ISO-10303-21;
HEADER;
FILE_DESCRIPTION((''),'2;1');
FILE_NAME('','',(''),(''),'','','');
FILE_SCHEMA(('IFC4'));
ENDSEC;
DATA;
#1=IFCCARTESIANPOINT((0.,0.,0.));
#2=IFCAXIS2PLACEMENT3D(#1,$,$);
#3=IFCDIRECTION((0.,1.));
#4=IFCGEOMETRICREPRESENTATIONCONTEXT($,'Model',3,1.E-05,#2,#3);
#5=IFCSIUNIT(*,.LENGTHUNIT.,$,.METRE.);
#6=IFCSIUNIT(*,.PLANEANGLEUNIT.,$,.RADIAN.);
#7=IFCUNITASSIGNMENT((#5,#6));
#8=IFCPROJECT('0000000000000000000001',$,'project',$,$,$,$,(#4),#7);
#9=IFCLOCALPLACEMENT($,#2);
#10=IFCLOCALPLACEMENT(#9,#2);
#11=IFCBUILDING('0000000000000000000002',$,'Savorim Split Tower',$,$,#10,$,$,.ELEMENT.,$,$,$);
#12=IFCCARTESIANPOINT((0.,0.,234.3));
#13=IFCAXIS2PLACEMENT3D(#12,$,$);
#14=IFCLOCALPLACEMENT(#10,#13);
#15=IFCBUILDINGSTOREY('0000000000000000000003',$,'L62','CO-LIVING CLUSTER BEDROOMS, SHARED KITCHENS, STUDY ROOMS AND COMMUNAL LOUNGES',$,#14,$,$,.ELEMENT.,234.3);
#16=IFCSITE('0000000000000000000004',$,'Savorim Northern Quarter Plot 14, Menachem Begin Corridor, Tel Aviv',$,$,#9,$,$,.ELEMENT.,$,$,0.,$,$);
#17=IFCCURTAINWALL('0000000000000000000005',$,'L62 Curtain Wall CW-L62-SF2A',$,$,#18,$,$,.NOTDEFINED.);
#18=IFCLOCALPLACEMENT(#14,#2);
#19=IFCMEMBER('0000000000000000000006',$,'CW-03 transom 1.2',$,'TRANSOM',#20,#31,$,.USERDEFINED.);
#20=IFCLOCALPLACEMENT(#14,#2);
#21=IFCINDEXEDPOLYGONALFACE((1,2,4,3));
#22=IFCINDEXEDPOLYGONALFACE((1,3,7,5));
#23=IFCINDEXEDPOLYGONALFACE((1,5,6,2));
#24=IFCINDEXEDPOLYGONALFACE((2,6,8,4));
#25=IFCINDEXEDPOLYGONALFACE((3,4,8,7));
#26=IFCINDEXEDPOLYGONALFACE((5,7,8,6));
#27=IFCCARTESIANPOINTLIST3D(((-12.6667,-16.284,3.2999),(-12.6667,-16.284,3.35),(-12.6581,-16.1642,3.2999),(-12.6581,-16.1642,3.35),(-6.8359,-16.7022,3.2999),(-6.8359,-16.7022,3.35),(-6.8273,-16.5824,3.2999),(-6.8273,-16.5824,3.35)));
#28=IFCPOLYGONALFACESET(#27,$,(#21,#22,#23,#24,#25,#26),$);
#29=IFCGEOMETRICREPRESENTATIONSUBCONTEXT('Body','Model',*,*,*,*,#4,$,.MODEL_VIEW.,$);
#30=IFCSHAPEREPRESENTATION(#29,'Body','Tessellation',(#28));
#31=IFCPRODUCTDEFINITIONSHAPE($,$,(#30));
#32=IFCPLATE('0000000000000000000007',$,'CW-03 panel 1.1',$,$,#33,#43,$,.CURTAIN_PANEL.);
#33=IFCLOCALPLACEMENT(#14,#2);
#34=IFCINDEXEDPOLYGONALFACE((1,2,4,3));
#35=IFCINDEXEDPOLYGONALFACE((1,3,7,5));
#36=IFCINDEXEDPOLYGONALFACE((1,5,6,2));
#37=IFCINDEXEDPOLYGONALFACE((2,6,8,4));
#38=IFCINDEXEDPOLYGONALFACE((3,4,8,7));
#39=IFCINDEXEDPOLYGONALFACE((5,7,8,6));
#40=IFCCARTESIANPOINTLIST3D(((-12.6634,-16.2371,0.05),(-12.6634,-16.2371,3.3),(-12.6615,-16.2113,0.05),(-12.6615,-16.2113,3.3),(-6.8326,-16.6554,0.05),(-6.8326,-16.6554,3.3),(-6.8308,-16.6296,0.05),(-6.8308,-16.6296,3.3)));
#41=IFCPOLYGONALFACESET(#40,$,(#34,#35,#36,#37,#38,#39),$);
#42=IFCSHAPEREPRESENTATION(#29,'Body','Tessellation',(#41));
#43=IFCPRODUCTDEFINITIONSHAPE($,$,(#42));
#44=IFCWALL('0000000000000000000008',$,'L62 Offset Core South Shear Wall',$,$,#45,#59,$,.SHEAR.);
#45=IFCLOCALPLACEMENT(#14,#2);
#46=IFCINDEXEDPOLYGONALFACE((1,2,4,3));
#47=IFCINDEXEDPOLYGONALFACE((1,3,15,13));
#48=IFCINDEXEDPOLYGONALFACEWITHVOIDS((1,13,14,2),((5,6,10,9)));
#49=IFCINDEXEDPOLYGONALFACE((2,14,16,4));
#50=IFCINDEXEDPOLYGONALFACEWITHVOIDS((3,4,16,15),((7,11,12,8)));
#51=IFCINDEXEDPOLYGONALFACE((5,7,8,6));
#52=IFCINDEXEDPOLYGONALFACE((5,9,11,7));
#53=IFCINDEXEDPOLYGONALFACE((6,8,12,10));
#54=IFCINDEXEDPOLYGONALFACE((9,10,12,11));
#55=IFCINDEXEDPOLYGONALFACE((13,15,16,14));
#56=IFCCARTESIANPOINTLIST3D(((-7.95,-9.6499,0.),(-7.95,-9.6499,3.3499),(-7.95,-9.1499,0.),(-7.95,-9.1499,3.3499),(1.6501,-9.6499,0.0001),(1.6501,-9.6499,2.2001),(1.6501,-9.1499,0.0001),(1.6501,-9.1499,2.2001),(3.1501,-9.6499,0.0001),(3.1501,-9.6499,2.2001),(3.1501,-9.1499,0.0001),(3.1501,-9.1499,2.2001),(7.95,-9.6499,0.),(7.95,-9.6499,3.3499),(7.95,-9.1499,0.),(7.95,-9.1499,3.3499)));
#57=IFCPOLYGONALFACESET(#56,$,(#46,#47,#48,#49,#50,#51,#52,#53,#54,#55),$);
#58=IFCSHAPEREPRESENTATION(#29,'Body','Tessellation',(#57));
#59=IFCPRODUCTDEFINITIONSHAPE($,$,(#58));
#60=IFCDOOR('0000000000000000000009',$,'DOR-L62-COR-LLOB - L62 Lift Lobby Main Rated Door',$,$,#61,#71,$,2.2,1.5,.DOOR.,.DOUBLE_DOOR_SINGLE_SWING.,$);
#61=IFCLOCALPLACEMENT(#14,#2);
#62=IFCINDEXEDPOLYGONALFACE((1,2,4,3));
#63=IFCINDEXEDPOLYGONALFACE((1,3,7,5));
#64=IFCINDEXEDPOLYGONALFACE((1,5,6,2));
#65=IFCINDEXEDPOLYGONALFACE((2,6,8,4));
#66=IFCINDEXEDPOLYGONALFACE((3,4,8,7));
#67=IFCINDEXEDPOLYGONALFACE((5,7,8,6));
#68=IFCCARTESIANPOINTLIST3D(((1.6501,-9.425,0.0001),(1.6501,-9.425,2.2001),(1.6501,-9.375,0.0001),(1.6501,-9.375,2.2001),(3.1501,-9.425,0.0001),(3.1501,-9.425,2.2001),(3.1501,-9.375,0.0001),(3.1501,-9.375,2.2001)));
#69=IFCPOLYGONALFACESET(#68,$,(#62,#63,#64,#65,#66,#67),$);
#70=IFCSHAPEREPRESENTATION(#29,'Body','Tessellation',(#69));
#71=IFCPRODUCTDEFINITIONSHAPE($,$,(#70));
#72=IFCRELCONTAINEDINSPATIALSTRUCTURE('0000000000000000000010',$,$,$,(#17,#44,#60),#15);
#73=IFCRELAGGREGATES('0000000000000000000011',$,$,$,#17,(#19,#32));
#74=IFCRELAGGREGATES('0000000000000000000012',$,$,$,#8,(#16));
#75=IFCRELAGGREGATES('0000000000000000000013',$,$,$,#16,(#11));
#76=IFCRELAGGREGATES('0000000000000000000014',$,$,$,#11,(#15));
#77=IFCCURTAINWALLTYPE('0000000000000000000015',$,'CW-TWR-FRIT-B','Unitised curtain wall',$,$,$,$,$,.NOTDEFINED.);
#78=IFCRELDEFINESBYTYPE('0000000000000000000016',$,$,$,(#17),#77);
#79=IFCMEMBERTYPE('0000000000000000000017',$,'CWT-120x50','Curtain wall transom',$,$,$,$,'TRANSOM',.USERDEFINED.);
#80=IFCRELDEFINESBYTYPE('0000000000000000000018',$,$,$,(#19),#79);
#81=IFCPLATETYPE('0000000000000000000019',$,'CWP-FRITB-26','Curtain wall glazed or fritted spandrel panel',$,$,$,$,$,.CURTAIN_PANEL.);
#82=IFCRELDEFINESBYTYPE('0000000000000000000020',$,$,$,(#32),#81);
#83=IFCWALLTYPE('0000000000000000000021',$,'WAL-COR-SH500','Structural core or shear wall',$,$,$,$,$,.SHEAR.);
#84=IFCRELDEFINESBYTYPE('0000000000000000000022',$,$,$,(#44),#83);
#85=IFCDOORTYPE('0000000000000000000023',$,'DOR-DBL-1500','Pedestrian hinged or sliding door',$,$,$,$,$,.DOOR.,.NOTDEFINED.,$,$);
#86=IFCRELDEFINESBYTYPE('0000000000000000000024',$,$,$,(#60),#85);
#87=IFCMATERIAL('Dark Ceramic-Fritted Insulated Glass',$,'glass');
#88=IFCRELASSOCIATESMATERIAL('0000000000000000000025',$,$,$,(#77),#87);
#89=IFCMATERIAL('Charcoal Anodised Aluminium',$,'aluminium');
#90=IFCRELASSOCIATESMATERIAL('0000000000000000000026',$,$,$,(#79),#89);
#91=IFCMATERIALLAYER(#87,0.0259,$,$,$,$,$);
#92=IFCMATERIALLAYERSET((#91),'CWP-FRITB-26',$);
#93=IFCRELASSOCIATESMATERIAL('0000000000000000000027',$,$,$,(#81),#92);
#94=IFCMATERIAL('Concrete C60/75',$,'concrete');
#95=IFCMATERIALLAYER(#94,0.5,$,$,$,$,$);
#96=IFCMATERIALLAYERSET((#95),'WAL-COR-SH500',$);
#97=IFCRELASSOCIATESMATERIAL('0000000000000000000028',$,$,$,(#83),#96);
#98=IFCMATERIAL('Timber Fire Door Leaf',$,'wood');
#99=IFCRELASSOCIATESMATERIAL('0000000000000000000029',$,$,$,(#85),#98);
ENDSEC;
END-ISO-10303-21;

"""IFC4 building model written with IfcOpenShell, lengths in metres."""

from ifc_helpers import new_model, si_unit, direction, frame, frame_2d, origin, origin_2d, place, context, subcontext, project, spatial, rectangle, extrude, material, layer, layer_set, material_profile, profile_set, type_object, element, fill, aggregate, save


model = new_model("IFC4")

# Units and contexts
model_context = context("Model", 3, precision=1e-05, world=origin(), true_north=direction((0.0, 1.0)))
body_context = subcontext(model_context, "Body", "Model", "MODEL_VIEW")
ifc_project = project(units=[si_unit("LENGTHUNIT", "METRE"), si_unit("PLANEANGLEUNIT", "RADIAN")], contexts=[model_context])

# Site, building, storey
site_placement = place(None, origin())
site = spatial("IfcSite", under=ifc_project, at=site_placement, Name="Savorim Northern Quarter Plot 14, Menachem Begin Corridor, Tel Aviv", CompositionType="ELEMENT", RefElevation=0.0)
building_placement = place(site_placement, origin())
building = spatial("IfcBuilding", under=site, at=building_placement, Name="Savorim Split Tower", CompositionType="ELEMENT")
storey_placement = place(building_placement, frame((0.0, 0.0, 234.3)))
storey = spatial("IfcBuildingStorey", under=building, at=storey_placement, Name="L62", Description="CO-LIVING CLUSTER BEDROOMS, SHARED KITCHENS, STUDY ROOMS AND COMMUNAL LOUNGES", CompositionType="ELEMENT", Elevation=234.3)

# Shared definitions
ifc_material_1 = material(Name="Dark Ceramic-Fritted Insulated Glass", Category="glass")
curtain_wall_type = type_object("IfcCurtainWallType", Name="CW-TWR-FRIT-B", Description="Unitised curtain wall", PredefinedType="NOTDEFINED", material=ifc_material_1)
ifc_material_2 = material(Name="Charcoal Anodised Aluminium", Category="aluminium")

# Curtain wall, member, plate
curtain_wall_1_placement = place(storey_placement, origin())
curtain_wall_1 = element("IfcCurtainWall", 1, at=curtain_wall_1_placement, inside=storey, type_object=curtain_wall_type, Name="L62 Curtain Wall CW-L62-SF2A", PredefinedType="NOTDEFINED")
ifc_material_profile_1 = material_profile(ifc_material_2, rectangle(XDim=0.1201, YDim=0.05, at=origin_2d()), Name="ALU-T 120x50")
ifc_profile_set_1 = profile_set([ifc_material_profile_1], Name="Charcoal Anodised Aluminium")
member_type_1 = type_object("IfcMemberType", Name="CWT-120x50", Description="Curtain wall transom", ElementType="TRANSOM", PredefinedType="USERDEFINED", material=ifc_profile_set_1)
member_1_placement = place(storey_placement, frame((-12.6624, -16.2241, 3.325), z_axis=(0.997438, -0.071541, 0.0), x_axis=(0.071541, 0.997438, 0.0)))
member_1 = element("IfcMember", 2, at=member_1_placement, type_object=member_type_1, Name="CW-03 transom 1.2", ObjectType="TRANSOM", PredefinedType="USERDEFINED", context=body_context, shape_type="SweptSolid", body=[
    extrude(rectangle(XDim=0.1201, YDim=0.05, at=origin_2d()), origin(), (0.0, 0.0, 1.0), 5.8457),
])
ifc_layer_1 = layer(ifc_material_1, 0.0259)
ifc_layer_set_1 = layer_set([ifc_layer_1], Name="CWP-FRITB-26")
plate_type = type_object("IfcPlateType", Name="CWP-FRITB-26", Description="Curtain wall glazed or fritted spandrel panel", PredefinedType="CURTAIN_PANEL", material=ifc_layer_set_1)
plate_placement = place(storey_placement, frame((-9.7471, -16.4333, 0.05), z_axis=(0.0, 0.0, 1.0), x_axis=(0.997436, -0.071558, 0.0)))
plate = element("IfcPlate", 3, at=plate_placement, type_object=plate_type, Name="CW-03 panel 1.1", PredefinedType="CURTAIN_PANEL", context=body_context, shape_type="SweptSolid", body=[
    extrude(rectangle(XDim=5.8457, YDim=0.0259, at=origin_2d()), origin(), (0.0, 0.0, 1.0), 3.25),
])
aggregate(curtain_wall_1, [member_1, plate])

# Wall, opening, door
ifc_material_3 = material(Name="Concrete C60/75", Category="concrete")
ifc_layer_2 = layer(ifc_material_3, 0.5)
ifc_layer_set_2 = layer_set([ifc_layer_2], Name="WAL-COR-SH500")
wall_type_1 = type_object("IfcWallType", Name="WAL-COR-SH500", Description="Structural core or shear wall", PredefinedType="SHEAR", material=ifc_layer_set_2)
wall_1_placement = place(storey_placement, frame((-7.95, -9.3999, 0.0), z_axis=(0.0, 0.0, 1.0), x_axis=(1.0, 0.0, 0.0)))
wall_1 = element("IfcWall", 4, at=wall_1_placement, inside=storey, type_object=wall_type_1, Name="L62 Offset Core South Shear Wall", PredefinedType="SHEAR", context=body_context, shape_type="SweptSolid", body=[
    extrude(rectangle(XDim=15.8999, YDim=0.5, at=frame_2d((7.95, 0.0))), origin(), (0.0, 0.0, 1.0), 3.3499),
])
opening_1_placement = place(wall_1_placement, frame((9.6001, 0.0, 0.0)))
opening_1 = element("IfcOpeningElement", 5, at=opening_1_placement, cuts=wall_1, PredefinedType="OPENING", context=body_context, shape_type="SweptSolid", body=[
    extrude(rectangle(XDim=1.5, YDim=2.2, at=frame_2d((0.75, 1.1001))), frame((0.0, 0.26, 0.0), z_axis=(0.0, -1.0, 0.0), x_axis=(1.0, 0.0, 0.0)), (0.0, 0.0, 1.0), 0.52),
])
ifc_material_4 = material(Name="Timber Fire Door Leaf", Category="wood")
door_type_1 = type_object("IfcDoorType", Name="DOR-DBL-1500", Description="Pedestrian hinged or sliding door", OperationType="NOTDEFINED", PredefinedType="DOOR", material=ifc_material_4)
door_1_placement = place(opening_1_placement, origin())
door_1 = element("IfcDoor", 6, at=door_1_placement, inside=storey, type_object=door_type_1, Name="DOR-L62-COR-LLOB - L62 Lift Lobby Main Rated Door", OperationType="DOUBLE_DOOR_SINGLE_SWING", OverallHeight=2.2, OverallWidth=1.5, PredefinedType="DOOR", context=body_context, shape_type="SweptSolid", body=[
    extrude(rectangle(XDim=1.5, YDim=2.2, at=frame_2d((0.75, 1.1001))), frame((0.0, 0.0249, 0.0), z_axis=(0.0, -1.0, 0.0), x_axis=(1.0, 0.0, 0.0)), (0.0, 0.0, 1.0), 0.05),
])
fill(opening_1, door_1)

save(model, "model.ifc")
